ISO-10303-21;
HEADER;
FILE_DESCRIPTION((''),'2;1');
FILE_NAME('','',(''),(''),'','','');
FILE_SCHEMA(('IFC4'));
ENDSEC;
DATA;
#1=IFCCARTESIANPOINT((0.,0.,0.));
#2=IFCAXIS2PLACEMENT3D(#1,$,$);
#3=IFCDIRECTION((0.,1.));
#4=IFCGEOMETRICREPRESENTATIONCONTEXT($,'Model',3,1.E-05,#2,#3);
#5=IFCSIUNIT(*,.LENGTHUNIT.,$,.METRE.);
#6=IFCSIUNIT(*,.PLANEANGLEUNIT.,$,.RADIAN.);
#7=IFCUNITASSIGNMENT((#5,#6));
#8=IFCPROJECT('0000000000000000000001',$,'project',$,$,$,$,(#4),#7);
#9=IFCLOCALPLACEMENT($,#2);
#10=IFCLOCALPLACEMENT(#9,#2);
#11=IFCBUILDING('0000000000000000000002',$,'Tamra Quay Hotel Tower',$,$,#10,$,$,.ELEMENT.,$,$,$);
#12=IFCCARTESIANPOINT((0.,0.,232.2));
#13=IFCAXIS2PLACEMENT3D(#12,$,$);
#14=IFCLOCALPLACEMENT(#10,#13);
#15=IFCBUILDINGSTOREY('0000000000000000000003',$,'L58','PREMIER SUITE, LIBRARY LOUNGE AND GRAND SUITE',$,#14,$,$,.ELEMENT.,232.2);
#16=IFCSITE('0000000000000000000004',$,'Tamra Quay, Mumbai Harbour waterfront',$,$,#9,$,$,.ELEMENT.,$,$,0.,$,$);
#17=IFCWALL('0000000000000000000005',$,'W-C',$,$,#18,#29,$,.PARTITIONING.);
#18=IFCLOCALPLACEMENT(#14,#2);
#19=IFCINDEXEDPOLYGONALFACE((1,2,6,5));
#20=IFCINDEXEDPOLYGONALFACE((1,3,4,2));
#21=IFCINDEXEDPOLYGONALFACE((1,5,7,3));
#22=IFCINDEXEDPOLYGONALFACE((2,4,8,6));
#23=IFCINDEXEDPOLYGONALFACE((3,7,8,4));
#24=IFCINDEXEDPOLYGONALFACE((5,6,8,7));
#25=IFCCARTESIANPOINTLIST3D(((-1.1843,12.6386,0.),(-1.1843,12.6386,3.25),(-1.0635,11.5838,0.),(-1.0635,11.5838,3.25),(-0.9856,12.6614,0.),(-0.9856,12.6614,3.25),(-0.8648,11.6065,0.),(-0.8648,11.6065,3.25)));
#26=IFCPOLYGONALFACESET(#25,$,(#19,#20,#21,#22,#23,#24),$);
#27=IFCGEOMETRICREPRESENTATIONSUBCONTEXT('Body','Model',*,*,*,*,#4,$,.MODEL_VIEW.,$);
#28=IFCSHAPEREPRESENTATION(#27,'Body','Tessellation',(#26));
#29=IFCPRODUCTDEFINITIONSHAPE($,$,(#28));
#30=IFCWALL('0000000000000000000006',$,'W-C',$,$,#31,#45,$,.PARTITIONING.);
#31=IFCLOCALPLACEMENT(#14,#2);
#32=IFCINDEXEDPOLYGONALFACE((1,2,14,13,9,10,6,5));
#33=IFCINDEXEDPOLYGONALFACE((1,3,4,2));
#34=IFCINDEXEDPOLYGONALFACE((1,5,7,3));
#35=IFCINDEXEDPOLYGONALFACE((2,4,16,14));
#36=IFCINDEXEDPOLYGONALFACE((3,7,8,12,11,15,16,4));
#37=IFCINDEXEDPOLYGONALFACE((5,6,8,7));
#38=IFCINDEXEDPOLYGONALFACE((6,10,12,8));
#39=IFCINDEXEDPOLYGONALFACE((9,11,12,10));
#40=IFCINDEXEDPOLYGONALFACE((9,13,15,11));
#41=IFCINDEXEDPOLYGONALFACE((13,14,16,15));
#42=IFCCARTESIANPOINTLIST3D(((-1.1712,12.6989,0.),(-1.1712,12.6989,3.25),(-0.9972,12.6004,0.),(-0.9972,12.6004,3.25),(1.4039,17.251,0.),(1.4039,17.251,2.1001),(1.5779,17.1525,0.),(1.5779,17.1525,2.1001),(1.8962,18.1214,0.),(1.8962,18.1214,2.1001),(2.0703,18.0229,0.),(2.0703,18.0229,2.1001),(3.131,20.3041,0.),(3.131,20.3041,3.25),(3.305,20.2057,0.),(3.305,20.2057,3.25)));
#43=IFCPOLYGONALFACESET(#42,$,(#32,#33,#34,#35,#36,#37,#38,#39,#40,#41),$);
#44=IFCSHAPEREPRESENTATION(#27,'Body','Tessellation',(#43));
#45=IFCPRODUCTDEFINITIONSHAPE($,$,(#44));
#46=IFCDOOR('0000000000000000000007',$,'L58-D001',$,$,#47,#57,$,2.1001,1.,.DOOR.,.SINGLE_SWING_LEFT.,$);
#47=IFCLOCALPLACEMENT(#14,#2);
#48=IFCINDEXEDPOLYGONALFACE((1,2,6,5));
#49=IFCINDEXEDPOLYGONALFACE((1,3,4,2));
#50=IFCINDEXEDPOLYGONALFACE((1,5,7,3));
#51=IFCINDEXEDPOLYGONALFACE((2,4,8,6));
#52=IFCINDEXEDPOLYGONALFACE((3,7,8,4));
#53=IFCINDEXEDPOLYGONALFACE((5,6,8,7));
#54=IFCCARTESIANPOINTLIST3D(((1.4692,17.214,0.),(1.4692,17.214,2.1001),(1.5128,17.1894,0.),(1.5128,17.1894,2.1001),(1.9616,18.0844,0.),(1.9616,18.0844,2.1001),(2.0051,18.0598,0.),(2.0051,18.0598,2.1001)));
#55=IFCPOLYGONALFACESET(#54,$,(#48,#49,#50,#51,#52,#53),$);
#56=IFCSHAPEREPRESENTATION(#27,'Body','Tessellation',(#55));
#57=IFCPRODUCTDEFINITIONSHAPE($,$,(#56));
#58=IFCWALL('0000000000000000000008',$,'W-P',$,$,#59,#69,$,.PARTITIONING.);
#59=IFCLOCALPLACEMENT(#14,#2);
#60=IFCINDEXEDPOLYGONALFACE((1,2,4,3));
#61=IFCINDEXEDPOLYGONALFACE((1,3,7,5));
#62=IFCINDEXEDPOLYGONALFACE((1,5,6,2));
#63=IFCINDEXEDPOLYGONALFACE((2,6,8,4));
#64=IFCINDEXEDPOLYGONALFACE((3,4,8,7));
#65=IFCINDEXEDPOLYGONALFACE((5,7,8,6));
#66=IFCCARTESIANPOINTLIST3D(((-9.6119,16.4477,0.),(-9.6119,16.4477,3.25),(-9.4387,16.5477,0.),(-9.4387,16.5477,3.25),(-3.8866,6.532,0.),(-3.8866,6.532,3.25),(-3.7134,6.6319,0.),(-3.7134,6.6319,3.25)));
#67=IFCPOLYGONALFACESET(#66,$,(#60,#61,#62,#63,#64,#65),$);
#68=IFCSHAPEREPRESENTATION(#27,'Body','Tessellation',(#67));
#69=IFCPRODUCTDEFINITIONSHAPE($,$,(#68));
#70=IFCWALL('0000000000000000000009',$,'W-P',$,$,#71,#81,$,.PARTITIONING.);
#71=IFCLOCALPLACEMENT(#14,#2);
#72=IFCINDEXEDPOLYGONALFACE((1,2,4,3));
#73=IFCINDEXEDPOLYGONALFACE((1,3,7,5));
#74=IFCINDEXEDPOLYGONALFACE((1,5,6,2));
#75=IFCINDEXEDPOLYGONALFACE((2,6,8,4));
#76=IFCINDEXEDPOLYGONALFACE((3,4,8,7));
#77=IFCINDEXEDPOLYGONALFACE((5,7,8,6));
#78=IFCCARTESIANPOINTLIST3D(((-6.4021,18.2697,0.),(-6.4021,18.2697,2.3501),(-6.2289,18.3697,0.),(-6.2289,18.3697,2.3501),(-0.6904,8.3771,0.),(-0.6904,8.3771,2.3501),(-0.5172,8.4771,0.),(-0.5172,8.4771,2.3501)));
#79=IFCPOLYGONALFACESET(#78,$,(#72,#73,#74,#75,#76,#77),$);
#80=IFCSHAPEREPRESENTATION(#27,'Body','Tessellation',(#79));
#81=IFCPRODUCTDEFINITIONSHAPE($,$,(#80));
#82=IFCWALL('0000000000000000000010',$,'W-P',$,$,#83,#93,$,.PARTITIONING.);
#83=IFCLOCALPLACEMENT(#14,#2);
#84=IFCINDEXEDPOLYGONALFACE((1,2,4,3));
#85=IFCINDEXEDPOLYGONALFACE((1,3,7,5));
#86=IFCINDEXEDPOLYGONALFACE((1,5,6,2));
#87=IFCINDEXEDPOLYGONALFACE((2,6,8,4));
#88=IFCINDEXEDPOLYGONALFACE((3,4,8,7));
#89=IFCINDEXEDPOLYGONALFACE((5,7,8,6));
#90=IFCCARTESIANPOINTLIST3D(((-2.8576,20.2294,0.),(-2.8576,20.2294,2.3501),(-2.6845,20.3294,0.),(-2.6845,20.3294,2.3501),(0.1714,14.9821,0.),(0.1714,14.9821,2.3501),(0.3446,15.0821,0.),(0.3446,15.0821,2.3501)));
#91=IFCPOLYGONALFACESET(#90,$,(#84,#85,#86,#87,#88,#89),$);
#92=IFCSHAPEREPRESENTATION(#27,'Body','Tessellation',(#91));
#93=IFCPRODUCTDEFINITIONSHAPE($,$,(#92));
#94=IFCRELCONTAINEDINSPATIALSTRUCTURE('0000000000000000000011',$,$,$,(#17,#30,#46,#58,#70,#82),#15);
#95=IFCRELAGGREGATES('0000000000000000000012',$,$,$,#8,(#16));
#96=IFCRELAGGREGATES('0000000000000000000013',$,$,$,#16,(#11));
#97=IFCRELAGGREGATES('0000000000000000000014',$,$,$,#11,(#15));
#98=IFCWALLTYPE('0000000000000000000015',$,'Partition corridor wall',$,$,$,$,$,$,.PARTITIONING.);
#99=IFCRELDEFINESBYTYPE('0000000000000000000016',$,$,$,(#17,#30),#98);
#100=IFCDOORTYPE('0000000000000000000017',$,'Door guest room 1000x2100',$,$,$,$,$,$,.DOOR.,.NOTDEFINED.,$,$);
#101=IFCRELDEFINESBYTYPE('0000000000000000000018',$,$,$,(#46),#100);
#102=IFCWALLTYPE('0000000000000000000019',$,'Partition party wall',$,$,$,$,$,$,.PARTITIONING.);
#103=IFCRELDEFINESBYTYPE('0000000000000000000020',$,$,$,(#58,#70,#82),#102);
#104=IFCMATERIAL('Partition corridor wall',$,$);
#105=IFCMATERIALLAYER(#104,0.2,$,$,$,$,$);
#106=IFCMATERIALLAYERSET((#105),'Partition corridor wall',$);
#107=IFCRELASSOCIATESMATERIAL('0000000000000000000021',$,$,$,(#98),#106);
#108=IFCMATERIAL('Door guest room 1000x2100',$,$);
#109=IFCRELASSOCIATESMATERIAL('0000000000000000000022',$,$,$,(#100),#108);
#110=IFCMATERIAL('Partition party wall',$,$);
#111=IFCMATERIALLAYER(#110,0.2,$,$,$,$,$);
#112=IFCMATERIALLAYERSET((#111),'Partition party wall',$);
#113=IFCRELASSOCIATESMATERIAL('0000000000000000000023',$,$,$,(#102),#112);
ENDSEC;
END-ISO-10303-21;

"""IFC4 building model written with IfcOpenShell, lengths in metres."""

from ifc_helpers import new_model, si_unit, direction, frame, frame_2d, origin, place, context, subcontext, project, spatial, rectangle, extrude, material, layer, layer_set, type_object, element, fill, save


model = new_model("IFC4")

# Units and contexts
model_context = context("Model", 3, precision=1e-05, world=origin(), true_north=direction((0.0, 1.0)))
body_context = subcontext(model_context, "Body", "Model", "MODEL_VIEW")
ifc_project = project(units=[si_unit("LENGTHUNIT", "METRE"), si_unit("PLANEANGLEUNIT", "RADIAN")], contexts=[model_context])

# Site, building, storey
site_placement = place(None, origin())
site = spatial("IfcSite", under=ifc_project, at=site_placement, Name="Tamra Quay, Mumbai Harbour waterfront", CompositionType="ELEMENT", RefElevation=0.0)
building_placement = place(site_placement, origin())
building = spatial("IfcBuilding", under=site, at=building_placement, Name="Tamra Quay Hotel Tower", CompositionType="ELEMENT")
storey_placement = place(building_placement, frame((0.0, 0.0, 232.2)))
storey = spatial("IfcBuildingStorey", under=building, at=storey_placement, Name="L58", Description="PREMIER SUITE, LIBRARY LOUNGE AND GRAND SUITE", CompositionType="ELEMENT", Elevation=232.2)

# Wall
ifc_material_1 = material(Name="Partition corridor wall")
ifc_layer_1 = layer(ifc_material_1, 0.2)
ifc_layer_set_1 = layer_set([ifc_layer_1], Name="Partition corridor wall")
wall_type_1 = type_object("IfcWallType", Name="Partition corridor wall", PredefinedType="PARTITIONING", material=ifc_layer_set_1)
wall_1_placement = place(storey_placement, frame((-1.085, 12.6499, 0.0), z_axis=(0.0, 0.0, 1.0), x_axis=(0.113812, -0.993502, 0.0)))
element("IfcWall", 1, at=wall_1_placement, inside=storey, type_object=wall_type_1, Name="W-C", PredefinedType="PARTITIONING", context=body_context, shape_type="SweptSolid", body=[
    extrude(rectangle(XDim=1.0618, YDim=0.2, at=frame_2d((0.5308, 0.0))), origin(), (0.0, 0.0, 1.0), 3.25),
])

# Wall, opening, door
wall_2_placement = place(storey_placement, frame((-1.0842, 12.6497, 0.0), z_axis=(0.0, 0.0, 1.0), x_axis=(0.492373, 0.870384, 0.0)))
wall_2 = element("IfcWall", 2, at=wall_2_placement, inside=storey, type_object=wall_type_1, Name="W-C", PredefinedType="PARTITIONING", context=body_context, shape_type="SweptSolid", body=[
    extrude(rectangle(XDim=8.7378, YDim=0.2, at=frame_2d((4.3689, 0.0))), origin(), (0.0, 0.0, 1.0), 3.25),
])
opening_placement = place(wall_2_placement, frame((5.23, 0.0, 0.0)))
opening = element("IfcOpeningElement", 3, at=opening_placement, cuts=wall_2, PredefinedType="OPENING", context=body_context, shape_type="SweptSolid", body=[
    extrude(rectangle(XDim=1.0, YDim=2.1001, at=frame_2d((0.5, 1.05))), frame((0.0, 0.1099, 0.0), z_axis=(0.0, -1.0, 0.0), x_axis=(1.0, 0.0, 0.0)), (0.0, 0.0, 1.0), 0.22),
])
ifc_material_2 = material(Name="Door guest room 1000x2100")
door_type = type_object("IfcDoorType", Name="Door guest room 1000x2100", OperationType="NOTDEFINED", PredefinedType="DOOR", material=ifc_material_2)
door_placement = place(opening_placement, origin())
door = element("IfcDoor", 4, at=door_placement, inside=storey, type_object=door_type, Name="L58-D001", OperationType="SINGLE_SWING_LEFT", OverallHeight=2.1001, OverallWidth=1.0, PredefinedType="DOOR", context=body_context, shape_type="SweptSolid", body=[
    extrude(rectangle(XDim=1.0, YDim=2.1001, at=frame_2d((0.5, 1.05))), frame((0.0, 0.0249, 0.0), z_axis=(0.0, -1.0, 0.0), x_axis=(1.0, 0.0, 0.0)), (0.0, 0.0, 1.0), 0.05),
])
fill(opening, door)

# Walls
ifc_material_3 = material(Name="Partition party wall")
ifc_layer_2 = layer(ifc_material_3, 0.2)
ifc_layer_set_2 = layer_set([ifc_layer_2], Name="Partition party wall")
wall_type_2 = type_object("IfcWallType", Name="Partition party wall", PredefinedType="PARTITIONING", material=ifc_layer_set_2)
wall_3_placement = place(storey_placement, frame((-9.5254, 16.4978, 0.0), z_axis=(0.0, 0.0, 1.0), x_axis=(0.500031, -0.866008, 0.0)))
element("IfcWall", 5, at=wall_3_placement, inside=storey, type_object=wall_type_2, Name="W-P", PredefinedType="PARTITIONING", context=body_context, shape_type="SweptSolid", body=[
    extrude(rectangle(XDim=11.45, YDim=0.2, at=frame_2d((5.7251, 0.0))), origin(), (0.0, 0.0, 1.0), 3.25),
])
wall_4_placement = place(storey_placement, frame((-6.3154, 18.3196, 0.0), z_axis=(0.0, 0.0, 1.0), x_axis=(0.500012, -0.866018, 0.0)))
element("IfcWall", 6, at=wall_4_placement, inside=storey, type_object=wall_type_2, Name="W-P", PredefinedType="PARTITIONING", context=body_context, shape_type="SweptSolid", body=[
    extrude(rectangle(XDim=11.4231, YDim=0.2, at=frame_2d((5.7114, 0.0))), origin(), (0.0, 0.0, 1.0), 2.3501),
])
wall_5_placement = place(storey_placement, frame((-2.771, 20.2793, 0.0), z_axis=(0.0, 0.0, 1.0), x_axis=(0.49994, -0.86606, 0.0)))
element("IfcWall", 7, at=wall_5_placement, inside=storey, type_object=wall_type_2, Name="W-P", PredefinedType="PARTITIONING", context=body_context, shape_type="SweptSolid", body=[
    extrude(rectangle(XDim=6.0588, YDim=0.2, at=frame_2d((3.0293, 0.0))), origin(), (0.0, 0.0, 1.0), 2.3501),
])

save(model, "model.ifc")
